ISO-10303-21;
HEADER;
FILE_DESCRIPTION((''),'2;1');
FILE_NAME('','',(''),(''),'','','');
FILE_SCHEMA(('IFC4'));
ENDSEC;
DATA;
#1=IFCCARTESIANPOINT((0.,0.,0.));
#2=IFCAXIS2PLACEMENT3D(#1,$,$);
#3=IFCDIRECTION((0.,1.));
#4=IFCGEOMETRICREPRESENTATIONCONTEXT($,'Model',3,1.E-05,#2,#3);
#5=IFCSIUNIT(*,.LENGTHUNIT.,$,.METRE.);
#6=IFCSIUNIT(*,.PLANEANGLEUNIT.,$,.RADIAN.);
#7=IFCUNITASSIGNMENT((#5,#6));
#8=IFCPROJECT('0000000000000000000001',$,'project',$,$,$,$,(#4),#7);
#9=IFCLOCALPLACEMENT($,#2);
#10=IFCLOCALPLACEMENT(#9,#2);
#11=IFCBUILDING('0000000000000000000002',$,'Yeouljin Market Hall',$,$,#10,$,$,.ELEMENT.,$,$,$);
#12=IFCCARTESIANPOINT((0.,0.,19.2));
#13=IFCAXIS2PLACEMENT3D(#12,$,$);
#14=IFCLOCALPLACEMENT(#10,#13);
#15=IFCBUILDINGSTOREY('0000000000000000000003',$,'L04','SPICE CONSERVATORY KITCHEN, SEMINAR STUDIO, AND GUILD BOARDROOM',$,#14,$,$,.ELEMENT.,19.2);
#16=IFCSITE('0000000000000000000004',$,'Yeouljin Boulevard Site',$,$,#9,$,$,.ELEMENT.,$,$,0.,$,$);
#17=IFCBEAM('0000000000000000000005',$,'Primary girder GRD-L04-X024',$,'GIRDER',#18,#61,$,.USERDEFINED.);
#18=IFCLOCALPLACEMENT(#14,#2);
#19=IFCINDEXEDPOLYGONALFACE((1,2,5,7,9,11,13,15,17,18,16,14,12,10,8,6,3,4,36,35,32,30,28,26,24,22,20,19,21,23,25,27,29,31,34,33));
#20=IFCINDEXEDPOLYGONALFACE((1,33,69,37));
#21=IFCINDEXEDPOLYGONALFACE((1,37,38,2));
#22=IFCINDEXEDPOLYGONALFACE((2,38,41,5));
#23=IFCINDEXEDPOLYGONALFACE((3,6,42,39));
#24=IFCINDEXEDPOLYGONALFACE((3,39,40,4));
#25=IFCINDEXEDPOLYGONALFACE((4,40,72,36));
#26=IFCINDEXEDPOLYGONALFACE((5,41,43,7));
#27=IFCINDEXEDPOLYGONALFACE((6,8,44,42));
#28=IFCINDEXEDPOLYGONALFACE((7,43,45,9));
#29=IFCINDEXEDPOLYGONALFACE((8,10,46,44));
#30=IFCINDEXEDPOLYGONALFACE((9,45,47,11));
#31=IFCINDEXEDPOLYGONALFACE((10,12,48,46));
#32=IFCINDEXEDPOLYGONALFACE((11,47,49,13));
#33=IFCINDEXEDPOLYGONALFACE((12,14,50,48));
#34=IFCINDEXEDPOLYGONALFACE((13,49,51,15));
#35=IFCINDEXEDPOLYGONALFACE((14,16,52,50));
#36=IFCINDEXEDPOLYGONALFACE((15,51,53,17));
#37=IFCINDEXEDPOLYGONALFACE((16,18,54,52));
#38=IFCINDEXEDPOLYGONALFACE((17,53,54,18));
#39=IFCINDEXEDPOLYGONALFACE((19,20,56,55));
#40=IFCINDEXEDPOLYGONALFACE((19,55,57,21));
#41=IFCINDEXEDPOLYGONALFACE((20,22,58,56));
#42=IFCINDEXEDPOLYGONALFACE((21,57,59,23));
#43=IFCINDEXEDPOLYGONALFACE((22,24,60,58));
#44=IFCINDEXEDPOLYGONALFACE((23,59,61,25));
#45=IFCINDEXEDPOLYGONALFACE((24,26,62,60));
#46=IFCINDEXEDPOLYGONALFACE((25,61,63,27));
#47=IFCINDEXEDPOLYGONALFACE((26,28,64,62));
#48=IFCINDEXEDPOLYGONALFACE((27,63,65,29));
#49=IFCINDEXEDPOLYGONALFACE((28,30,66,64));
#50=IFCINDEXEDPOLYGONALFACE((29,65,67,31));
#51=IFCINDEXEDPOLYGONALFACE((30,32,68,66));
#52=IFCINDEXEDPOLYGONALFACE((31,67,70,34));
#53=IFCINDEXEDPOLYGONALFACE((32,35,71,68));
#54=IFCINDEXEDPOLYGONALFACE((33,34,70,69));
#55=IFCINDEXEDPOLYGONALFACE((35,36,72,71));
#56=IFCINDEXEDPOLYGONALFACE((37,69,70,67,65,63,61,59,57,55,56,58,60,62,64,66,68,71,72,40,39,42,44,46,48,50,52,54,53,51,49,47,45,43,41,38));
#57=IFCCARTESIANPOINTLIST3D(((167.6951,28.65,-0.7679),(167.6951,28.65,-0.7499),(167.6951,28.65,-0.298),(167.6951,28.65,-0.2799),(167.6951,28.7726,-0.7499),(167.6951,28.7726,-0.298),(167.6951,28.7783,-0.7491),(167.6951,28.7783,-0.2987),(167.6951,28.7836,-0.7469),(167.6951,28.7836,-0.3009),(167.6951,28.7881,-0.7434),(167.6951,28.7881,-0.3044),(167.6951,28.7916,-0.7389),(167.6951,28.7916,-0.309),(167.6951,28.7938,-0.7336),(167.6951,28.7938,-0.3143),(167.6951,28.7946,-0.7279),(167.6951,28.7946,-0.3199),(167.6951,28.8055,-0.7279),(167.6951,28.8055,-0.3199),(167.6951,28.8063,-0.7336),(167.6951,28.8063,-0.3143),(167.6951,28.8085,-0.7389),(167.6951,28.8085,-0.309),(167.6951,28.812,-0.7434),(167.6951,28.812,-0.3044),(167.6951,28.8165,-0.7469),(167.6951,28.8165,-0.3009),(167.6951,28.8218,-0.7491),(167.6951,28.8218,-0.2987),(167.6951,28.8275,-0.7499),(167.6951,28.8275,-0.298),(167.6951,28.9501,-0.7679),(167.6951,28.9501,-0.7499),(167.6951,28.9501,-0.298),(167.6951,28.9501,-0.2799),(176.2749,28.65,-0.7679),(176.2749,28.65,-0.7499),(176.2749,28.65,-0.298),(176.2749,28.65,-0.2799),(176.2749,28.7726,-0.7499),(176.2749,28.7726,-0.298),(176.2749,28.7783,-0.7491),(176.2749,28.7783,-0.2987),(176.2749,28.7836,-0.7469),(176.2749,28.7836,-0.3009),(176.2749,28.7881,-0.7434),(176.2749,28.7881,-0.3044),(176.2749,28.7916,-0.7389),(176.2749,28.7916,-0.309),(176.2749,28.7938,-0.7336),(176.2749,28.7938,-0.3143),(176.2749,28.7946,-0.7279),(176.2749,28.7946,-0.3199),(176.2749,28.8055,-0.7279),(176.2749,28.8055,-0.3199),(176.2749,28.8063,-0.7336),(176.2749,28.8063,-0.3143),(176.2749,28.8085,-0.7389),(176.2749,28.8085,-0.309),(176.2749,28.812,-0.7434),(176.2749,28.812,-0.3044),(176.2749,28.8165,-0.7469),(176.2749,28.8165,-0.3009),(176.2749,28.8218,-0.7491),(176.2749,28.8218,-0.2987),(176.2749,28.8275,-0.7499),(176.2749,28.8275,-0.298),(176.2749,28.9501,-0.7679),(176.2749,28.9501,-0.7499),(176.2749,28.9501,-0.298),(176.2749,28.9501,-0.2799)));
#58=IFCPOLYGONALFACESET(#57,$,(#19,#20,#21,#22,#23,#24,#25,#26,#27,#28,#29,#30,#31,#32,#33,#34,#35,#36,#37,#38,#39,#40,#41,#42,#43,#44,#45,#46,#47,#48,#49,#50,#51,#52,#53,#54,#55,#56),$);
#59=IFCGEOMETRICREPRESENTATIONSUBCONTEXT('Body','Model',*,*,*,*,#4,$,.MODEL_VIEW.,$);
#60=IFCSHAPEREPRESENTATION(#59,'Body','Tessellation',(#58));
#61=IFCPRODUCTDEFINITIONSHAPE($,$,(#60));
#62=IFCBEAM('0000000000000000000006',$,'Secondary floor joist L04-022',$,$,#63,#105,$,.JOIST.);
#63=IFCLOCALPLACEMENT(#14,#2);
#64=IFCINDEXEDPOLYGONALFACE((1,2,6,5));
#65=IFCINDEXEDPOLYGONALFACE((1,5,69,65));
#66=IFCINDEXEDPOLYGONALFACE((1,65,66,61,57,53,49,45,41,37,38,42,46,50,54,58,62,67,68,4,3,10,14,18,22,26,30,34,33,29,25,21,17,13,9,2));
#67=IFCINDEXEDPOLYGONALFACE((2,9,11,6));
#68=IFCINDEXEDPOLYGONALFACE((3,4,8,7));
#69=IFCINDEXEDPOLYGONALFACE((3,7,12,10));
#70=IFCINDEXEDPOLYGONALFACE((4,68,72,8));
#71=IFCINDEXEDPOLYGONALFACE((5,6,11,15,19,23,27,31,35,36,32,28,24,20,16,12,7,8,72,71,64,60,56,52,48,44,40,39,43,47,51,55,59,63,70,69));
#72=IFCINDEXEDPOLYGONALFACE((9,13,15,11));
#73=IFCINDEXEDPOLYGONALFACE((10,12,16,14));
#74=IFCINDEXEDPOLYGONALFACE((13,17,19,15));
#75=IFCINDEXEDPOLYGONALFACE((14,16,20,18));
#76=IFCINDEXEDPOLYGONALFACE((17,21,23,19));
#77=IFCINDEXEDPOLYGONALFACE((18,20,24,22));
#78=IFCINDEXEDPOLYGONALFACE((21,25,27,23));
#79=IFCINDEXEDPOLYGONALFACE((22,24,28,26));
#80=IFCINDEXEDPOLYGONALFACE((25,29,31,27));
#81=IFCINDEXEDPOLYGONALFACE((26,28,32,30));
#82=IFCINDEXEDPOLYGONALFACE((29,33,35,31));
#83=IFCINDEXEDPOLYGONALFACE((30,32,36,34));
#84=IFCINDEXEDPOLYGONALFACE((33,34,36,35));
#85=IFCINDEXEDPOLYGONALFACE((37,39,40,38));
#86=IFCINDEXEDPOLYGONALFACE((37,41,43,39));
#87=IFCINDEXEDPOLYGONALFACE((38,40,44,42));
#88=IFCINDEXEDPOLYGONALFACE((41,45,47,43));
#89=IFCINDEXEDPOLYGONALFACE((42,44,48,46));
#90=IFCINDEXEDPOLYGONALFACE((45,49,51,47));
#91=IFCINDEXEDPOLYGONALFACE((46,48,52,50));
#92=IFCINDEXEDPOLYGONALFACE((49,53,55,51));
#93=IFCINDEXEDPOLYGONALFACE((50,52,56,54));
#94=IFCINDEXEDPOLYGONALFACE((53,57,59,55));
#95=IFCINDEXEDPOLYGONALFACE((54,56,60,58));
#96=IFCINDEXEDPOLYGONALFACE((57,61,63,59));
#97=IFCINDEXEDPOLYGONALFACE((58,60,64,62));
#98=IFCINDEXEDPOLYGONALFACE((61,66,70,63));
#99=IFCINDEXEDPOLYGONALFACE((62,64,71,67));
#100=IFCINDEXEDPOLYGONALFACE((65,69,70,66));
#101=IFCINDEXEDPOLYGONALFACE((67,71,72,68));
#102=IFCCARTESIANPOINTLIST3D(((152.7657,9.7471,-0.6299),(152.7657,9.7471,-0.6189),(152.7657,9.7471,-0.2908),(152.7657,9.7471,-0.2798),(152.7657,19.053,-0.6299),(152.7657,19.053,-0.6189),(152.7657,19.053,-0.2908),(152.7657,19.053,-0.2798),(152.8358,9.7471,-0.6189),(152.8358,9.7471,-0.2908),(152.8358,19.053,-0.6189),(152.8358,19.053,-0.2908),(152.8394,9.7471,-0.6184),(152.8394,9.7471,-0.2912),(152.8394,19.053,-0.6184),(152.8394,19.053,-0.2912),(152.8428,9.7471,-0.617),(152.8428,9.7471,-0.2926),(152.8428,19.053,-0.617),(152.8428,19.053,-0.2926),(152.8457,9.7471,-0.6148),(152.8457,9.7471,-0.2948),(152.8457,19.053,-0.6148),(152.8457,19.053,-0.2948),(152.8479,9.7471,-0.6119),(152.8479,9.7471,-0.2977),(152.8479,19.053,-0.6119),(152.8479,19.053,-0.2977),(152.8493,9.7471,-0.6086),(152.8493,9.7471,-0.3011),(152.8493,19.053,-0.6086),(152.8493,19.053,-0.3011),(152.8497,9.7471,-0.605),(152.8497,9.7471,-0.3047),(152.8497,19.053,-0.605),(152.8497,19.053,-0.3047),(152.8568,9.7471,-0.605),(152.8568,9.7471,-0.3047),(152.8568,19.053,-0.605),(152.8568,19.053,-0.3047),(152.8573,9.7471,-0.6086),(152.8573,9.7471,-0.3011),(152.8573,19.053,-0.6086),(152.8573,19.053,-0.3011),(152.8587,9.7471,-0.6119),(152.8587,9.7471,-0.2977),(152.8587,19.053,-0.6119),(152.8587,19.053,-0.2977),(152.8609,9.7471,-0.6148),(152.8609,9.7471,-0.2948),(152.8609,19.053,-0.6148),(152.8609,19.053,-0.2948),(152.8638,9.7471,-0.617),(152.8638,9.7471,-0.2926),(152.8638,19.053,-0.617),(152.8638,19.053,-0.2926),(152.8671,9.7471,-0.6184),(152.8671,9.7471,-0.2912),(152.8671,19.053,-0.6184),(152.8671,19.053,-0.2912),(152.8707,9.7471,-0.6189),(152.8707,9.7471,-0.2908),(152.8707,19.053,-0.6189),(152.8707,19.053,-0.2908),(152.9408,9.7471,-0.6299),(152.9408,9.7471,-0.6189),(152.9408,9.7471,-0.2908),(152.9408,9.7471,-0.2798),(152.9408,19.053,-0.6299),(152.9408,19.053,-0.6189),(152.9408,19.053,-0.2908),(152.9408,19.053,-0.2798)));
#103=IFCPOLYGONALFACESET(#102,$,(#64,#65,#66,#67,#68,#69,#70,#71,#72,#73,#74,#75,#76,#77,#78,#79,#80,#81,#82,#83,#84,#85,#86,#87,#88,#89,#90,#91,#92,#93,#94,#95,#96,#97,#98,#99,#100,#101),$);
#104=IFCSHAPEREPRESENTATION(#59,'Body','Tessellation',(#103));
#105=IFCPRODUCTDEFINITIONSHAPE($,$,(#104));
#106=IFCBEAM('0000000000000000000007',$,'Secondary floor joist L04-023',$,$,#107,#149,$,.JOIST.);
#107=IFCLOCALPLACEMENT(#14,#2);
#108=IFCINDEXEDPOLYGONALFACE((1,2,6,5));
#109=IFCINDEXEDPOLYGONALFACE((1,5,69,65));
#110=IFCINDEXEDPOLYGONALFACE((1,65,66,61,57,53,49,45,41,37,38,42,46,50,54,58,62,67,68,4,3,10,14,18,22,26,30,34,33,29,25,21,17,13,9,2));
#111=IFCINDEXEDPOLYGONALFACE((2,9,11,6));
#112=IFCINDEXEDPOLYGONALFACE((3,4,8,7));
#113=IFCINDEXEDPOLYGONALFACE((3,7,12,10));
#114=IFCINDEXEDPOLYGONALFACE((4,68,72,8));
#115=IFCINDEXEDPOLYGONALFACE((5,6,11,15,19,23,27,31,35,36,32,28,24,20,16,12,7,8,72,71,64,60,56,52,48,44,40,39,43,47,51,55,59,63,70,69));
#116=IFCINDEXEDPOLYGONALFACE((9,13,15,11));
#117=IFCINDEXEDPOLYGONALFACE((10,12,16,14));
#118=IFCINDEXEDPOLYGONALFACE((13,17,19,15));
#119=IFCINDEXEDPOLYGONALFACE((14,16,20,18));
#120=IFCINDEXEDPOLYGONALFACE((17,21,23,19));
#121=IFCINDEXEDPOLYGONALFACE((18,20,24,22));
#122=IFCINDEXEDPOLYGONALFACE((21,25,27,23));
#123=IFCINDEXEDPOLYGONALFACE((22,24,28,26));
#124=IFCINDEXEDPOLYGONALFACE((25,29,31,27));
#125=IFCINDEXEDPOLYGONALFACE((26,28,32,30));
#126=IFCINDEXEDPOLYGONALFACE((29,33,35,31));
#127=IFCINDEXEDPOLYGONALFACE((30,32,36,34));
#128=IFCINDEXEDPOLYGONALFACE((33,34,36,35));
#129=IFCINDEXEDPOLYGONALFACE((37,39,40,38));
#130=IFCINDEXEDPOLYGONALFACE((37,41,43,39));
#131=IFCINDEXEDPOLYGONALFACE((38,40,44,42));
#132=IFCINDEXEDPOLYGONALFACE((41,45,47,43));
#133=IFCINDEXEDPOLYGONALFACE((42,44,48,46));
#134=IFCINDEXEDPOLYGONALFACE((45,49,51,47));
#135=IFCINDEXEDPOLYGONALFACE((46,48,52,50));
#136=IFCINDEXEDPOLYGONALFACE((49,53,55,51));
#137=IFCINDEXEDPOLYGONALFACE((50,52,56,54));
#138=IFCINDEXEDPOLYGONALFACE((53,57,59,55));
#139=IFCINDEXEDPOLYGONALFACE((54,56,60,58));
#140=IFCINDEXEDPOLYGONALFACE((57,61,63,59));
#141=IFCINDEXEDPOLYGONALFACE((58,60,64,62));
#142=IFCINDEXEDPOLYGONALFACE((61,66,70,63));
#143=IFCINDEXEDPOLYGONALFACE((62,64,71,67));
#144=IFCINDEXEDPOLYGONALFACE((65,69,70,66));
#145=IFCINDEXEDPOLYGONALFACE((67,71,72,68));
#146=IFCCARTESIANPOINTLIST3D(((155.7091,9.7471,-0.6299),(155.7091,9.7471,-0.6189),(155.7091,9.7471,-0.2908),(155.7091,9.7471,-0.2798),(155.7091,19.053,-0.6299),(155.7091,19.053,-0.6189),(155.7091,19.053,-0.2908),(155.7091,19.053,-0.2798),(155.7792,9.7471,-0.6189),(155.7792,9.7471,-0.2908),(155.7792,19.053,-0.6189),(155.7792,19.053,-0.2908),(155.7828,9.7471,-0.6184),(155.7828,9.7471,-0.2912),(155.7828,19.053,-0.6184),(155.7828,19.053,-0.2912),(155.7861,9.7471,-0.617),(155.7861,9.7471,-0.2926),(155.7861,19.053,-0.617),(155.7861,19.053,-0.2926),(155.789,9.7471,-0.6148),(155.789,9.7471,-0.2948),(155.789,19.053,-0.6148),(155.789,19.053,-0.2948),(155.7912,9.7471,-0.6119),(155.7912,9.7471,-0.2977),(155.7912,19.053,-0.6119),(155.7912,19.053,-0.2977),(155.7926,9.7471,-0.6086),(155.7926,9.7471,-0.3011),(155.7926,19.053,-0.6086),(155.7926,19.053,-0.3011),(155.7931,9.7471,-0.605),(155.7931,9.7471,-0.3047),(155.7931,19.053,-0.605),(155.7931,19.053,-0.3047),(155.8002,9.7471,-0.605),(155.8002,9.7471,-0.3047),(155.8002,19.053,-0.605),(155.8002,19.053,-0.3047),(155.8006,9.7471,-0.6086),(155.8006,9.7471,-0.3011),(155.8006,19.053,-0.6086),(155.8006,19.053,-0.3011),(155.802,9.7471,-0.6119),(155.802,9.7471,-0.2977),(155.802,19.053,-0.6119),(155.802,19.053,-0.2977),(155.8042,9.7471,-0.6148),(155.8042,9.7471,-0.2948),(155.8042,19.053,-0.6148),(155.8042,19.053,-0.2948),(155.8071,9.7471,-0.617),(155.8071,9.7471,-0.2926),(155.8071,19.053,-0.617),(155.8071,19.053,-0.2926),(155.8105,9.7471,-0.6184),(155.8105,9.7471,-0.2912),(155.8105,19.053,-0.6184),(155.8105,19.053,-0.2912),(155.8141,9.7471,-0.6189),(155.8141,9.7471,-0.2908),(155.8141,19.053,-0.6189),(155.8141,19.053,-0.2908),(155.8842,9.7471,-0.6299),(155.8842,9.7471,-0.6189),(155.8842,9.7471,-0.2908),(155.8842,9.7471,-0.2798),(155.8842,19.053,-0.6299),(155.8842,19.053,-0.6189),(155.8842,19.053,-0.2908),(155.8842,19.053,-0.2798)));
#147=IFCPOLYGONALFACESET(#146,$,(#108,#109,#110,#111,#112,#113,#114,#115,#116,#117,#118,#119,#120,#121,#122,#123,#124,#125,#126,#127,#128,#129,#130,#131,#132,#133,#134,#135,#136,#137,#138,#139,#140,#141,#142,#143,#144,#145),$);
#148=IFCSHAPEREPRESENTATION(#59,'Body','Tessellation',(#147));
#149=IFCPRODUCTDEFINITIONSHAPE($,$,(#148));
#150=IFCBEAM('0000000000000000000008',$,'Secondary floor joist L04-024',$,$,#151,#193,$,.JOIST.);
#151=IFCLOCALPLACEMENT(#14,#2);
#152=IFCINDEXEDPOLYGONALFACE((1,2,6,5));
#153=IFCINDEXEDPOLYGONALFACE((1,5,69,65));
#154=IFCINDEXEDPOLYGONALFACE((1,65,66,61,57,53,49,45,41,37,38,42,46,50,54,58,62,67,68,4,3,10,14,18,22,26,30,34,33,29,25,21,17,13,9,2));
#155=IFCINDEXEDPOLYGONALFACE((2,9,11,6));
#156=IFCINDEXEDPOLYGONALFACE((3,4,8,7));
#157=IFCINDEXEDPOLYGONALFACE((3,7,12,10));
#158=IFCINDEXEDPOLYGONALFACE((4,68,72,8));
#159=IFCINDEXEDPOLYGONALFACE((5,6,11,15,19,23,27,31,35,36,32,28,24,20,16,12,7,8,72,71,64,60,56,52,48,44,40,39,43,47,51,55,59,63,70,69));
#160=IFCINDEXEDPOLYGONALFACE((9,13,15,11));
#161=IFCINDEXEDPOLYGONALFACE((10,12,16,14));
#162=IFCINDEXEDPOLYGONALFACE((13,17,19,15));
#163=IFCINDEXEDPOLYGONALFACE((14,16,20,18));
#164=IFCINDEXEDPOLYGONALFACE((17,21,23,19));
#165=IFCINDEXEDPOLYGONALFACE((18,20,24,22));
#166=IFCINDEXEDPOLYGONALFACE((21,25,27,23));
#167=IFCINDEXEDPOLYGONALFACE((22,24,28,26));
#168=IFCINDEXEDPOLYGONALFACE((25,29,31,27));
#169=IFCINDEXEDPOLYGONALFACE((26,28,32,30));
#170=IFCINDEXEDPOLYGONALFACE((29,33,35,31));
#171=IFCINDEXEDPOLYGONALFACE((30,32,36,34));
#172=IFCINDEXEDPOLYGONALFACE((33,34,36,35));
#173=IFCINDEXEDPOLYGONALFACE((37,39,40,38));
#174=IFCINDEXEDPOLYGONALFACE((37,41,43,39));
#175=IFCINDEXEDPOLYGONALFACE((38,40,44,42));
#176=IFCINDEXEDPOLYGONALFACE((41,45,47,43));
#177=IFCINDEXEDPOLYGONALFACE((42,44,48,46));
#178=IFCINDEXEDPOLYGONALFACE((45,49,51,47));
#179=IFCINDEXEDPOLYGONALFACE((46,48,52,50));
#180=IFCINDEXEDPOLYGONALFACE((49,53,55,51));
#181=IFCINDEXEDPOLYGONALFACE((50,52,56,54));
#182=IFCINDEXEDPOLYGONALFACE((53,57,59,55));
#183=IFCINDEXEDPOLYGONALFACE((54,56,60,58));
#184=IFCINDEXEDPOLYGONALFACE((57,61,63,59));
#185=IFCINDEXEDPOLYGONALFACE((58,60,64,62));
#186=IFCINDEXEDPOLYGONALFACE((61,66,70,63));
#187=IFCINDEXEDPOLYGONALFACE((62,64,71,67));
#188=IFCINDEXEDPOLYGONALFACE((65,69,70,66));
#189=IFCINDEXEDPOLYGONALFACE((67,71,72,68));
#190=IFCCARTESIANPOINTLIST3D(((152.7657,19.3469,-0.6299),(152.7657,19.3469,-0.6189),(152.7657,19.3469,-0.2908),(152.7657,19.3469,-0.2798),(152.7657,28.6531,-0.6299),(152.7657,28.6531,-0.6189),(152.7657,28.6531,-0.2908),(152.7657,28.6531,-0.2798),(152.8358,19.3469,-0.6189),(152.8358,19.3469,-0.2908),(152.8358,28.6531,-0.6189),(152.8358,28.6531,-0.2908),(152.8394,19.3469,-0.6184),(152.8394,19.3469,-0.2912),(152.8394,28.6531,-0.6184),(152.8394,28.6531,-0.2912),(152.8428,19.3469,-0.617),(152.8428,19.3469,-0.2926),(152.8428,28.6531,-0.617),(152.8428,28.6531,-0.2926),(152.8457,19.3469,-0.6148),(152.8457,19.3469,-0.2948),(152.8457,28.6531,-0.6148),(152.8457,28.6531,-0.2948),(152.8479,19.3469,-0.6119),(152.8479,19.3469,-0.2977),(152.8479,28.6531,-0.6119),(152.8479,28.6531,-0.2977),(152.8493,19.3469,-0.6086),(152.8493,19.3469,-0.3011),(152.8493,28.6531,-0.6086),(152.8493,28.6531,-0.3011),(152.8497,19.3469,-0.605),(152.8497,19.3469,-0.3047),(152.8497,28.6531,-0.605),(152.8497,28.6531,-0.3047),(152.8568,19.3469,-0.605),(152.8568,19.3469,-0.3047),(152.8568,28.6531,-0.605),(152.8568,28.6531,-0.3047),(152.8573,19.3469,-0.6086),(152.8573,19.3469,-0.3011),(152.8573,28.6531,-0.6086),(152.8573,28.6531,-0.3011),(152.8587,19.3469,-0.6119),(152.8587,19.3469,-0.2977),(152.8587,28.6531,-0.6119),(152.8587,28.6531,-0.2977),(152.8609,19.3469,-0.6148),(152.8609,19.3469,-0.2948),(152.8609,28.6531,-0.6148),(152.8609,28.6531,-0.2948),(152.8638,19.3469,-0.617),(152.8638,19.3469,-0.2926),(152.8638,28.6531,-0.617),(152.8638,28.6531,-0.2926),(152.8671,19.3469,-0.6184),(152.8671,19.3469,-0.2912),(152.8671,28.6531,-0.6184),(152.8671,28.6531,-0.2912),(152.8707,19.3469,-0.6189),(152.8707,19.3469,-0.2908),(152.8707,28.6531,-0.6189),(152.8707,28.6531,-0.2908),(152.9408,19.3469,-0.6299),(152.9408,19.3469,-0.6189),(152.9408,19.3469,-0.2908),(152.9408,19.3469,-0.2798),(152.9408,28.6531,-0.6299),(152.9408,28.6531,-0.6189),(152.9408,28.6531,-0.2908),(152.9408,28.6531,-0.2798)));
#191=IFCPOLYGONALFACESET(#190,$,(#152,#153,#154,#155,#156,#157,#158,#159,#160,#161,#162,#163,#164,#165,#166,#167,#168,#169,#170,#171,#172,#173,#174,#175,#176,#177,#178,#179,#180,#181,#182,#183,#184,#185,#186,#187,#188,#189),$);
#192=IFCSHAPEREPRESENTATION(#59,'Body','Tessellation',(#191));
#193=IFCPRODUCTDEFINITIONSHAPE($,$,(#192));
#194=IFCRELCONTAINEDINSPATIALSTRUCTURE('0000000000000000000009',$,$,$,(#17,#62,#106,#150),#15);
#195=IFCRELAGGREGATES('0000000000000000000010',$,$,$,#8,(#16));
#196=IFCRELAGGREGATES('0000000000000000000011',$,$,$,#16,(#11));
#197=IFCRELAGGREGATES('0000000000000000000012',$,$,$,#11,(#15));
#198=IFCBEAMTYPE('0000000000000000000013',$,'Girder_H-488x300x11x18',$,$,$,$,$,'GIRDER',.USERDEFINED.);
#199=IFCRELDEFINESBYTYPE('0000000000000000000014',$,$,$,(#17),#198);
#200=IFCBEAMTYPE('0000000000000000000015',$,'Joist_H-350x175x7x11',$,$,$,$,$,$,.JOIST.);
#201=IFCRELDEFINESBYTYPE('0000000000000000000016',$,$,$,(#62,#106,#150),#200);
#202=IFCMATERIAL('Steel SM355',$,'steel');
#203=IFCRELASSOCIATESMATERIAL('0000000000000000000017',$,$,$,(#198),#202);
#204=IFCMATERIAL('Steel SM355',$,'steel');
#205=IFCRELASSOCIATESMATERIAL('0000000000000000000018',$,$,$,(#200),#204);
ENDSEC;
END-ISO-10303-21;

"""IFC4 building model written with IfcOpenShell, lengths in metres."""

from ifc_helpers import new_model, si_unit, direction, frame, origin, origin_2d, place, context, subcontext, project, spatial, i_section, extrude, material, material_profile, profile_set, type_object, element, save


model = new_model("IFC4")

# Units and contexts
model_context = context("Model", 3, precision=1e-05, world=origin(), true_north=direction((0.0, 1.0)))
body_context = subcontext(model_context, "Body", "Model", "MODEL_VIEW")
ifc_project = project(units=[si_unit("LENGTHUNIT", "METRE"), si_unit("PLANEANGLEUNIT", "RADIAN")], contexts=[model_context])

# Site, building, storey
site_placement = place(None, origin())
site = spatial("IfcSite", under=ifc_project, at=site_placement, Name="Yeouljin Boulevard Site", CompositionType="ELEMENT", RefElevation=0.0)
building_placement = place(site_placement, origin())
building = spatial("IfcBuilding", under=site, at=building_placement, Name="Yeouljin Market Hall", CompositionType="ELEMENT")
storey_placement = place(building_placement, frame((0.0, 0.0, 19.2)))
storey = spatial("IfcBuildingStorey", under=building, at=storey_placement, Name="L04", Description="SPICE CONSERVATORY KITCHEN, SEMINAR STUDIO, AND GUILD BOARDROOM", CompositionType="ELEMENT", Elevation=19.2)

# Beams
ifc_material_1 = material(Name="Steel SM355", Category="steel")
ifc_material_profile_1 = material_profile(ifc_material_1, i_section(OverallWidth=0.3, OverallDepth=0.488, WebThickness=0.011, FlangeThickness=0.0181, FilletRadius=0.022, at=origin_2d()), Name="H-488x300x11x18")
ifc_profile_set_1 = profile_set([ifc_material_profile_1], Name="Steel SM355")
beam_type_1 = type_object("IfcBeamType", Name="Girder_H-488x300x11x18", ElementType="GIRDER", PredefinedType="USERDEFINED", material=ifc_profile_set_1)
beam_1_placement = place(storey_placement, frame((167.6951, 28.8, -0.5239), z_axis=(1.0, 0.0, 0.0), x_axis=(0.0, 1.0, 0.0)))
element("IfcBeam", 1, at=beam_1_placement, inside=storey, type_object=beam_type_1, Name="Primary girder GRD-L04-X024", ObjectType="GIRDER", PredefinedType="USERDEFINED", context=body_context, shape_type="SweptSolid", body=[
    extrude(i_section(OverallWidth=0.3, OverallDepth=0.488, WebThickness=0.011, FlangeThickness=0.0181, FilletRadius=0.022, at=origin_2d()), origin(), (0.0, 0.0, 1.0), 8.5798),
])
ifc_material_2 = material(Name="Steel SM355", Category="steel")
ifc_material_profile_2 = material_profile(ifc_material_2, i_section(OverallWidth=0.175, OverallDepth=0.3501, WebThickness=0.0071, FlangeThickness=0.011, FilletRadius=0.0139, at=origin_2d()), Name="H-350x175x7x11")
ifc_profile_set_2 = profile_set([ifc_material_profile_2], Name="Steel SM355")
beam_type_2 = type_object("IfcBeamType", Name="Joist_H-350x175x7x11", PredefinedType="JOIST", material=ifc_profile_set_2)
for number, where, z_axis, x_axis, name in (
    (2, (152.8533, 9.7471, -0.4548), (0.0, 1.0, 0.0), (-1.0, 0.0, 0.0), "Secondary floor joist L04-022"),
    (3, (155.7966, 9.7471, -0.4548), (0.0, 1.0, 0.0), (-1.0, 0.0, 0.0), "Secondary floor joist L04-023"),
):
    element("IfcBeam", number, at=place(storey_placement, frame(where, z_axis=z_axis, x_axis=x_axis)), inside=storey, type_object=beam_type_2, Name=name, PredefinedType="JOIST", context=body_context, shape_type="SweptSolid", body=[
        extrude(i_section(OverallWidth=0.175, OverallDepth=0.3501, WebThickness=0.0071, FlangeThickness=0.011, FilletRadius=0.0139, at=origin_2d()), origin(), (0.0, 0.0, 1.0), 9.3059),
    ])
for number, where, z_axis, x_axis, name in (
    (4, (152.8533, 19.3469, -0.4548), (0.0, 1.0, 0.0), (-1.0, 0.0, 0.0), "Secondary floor joist L04-024"),
):
    element("IfcBeam", number, at=place(storey_placement, frame(where, z_axis=z_axis, x_axis=x_axis)), inside=storey, type_object=beam_type_2, Name=name, PredefinedType="JOIST", context=body_context, shape_type="SweptSolid", body=[
        extrude(i_section(OverallWidth=0.175, OverallDepth=0.3501, WebThickness=0.0071, FlangeThickness=0.011, FilletRadius=0.0139, at=origin_2d()), origin(), (0.0, 0.0, 1.0), 9.3062),
    ])

save(model, "model.ifc")
